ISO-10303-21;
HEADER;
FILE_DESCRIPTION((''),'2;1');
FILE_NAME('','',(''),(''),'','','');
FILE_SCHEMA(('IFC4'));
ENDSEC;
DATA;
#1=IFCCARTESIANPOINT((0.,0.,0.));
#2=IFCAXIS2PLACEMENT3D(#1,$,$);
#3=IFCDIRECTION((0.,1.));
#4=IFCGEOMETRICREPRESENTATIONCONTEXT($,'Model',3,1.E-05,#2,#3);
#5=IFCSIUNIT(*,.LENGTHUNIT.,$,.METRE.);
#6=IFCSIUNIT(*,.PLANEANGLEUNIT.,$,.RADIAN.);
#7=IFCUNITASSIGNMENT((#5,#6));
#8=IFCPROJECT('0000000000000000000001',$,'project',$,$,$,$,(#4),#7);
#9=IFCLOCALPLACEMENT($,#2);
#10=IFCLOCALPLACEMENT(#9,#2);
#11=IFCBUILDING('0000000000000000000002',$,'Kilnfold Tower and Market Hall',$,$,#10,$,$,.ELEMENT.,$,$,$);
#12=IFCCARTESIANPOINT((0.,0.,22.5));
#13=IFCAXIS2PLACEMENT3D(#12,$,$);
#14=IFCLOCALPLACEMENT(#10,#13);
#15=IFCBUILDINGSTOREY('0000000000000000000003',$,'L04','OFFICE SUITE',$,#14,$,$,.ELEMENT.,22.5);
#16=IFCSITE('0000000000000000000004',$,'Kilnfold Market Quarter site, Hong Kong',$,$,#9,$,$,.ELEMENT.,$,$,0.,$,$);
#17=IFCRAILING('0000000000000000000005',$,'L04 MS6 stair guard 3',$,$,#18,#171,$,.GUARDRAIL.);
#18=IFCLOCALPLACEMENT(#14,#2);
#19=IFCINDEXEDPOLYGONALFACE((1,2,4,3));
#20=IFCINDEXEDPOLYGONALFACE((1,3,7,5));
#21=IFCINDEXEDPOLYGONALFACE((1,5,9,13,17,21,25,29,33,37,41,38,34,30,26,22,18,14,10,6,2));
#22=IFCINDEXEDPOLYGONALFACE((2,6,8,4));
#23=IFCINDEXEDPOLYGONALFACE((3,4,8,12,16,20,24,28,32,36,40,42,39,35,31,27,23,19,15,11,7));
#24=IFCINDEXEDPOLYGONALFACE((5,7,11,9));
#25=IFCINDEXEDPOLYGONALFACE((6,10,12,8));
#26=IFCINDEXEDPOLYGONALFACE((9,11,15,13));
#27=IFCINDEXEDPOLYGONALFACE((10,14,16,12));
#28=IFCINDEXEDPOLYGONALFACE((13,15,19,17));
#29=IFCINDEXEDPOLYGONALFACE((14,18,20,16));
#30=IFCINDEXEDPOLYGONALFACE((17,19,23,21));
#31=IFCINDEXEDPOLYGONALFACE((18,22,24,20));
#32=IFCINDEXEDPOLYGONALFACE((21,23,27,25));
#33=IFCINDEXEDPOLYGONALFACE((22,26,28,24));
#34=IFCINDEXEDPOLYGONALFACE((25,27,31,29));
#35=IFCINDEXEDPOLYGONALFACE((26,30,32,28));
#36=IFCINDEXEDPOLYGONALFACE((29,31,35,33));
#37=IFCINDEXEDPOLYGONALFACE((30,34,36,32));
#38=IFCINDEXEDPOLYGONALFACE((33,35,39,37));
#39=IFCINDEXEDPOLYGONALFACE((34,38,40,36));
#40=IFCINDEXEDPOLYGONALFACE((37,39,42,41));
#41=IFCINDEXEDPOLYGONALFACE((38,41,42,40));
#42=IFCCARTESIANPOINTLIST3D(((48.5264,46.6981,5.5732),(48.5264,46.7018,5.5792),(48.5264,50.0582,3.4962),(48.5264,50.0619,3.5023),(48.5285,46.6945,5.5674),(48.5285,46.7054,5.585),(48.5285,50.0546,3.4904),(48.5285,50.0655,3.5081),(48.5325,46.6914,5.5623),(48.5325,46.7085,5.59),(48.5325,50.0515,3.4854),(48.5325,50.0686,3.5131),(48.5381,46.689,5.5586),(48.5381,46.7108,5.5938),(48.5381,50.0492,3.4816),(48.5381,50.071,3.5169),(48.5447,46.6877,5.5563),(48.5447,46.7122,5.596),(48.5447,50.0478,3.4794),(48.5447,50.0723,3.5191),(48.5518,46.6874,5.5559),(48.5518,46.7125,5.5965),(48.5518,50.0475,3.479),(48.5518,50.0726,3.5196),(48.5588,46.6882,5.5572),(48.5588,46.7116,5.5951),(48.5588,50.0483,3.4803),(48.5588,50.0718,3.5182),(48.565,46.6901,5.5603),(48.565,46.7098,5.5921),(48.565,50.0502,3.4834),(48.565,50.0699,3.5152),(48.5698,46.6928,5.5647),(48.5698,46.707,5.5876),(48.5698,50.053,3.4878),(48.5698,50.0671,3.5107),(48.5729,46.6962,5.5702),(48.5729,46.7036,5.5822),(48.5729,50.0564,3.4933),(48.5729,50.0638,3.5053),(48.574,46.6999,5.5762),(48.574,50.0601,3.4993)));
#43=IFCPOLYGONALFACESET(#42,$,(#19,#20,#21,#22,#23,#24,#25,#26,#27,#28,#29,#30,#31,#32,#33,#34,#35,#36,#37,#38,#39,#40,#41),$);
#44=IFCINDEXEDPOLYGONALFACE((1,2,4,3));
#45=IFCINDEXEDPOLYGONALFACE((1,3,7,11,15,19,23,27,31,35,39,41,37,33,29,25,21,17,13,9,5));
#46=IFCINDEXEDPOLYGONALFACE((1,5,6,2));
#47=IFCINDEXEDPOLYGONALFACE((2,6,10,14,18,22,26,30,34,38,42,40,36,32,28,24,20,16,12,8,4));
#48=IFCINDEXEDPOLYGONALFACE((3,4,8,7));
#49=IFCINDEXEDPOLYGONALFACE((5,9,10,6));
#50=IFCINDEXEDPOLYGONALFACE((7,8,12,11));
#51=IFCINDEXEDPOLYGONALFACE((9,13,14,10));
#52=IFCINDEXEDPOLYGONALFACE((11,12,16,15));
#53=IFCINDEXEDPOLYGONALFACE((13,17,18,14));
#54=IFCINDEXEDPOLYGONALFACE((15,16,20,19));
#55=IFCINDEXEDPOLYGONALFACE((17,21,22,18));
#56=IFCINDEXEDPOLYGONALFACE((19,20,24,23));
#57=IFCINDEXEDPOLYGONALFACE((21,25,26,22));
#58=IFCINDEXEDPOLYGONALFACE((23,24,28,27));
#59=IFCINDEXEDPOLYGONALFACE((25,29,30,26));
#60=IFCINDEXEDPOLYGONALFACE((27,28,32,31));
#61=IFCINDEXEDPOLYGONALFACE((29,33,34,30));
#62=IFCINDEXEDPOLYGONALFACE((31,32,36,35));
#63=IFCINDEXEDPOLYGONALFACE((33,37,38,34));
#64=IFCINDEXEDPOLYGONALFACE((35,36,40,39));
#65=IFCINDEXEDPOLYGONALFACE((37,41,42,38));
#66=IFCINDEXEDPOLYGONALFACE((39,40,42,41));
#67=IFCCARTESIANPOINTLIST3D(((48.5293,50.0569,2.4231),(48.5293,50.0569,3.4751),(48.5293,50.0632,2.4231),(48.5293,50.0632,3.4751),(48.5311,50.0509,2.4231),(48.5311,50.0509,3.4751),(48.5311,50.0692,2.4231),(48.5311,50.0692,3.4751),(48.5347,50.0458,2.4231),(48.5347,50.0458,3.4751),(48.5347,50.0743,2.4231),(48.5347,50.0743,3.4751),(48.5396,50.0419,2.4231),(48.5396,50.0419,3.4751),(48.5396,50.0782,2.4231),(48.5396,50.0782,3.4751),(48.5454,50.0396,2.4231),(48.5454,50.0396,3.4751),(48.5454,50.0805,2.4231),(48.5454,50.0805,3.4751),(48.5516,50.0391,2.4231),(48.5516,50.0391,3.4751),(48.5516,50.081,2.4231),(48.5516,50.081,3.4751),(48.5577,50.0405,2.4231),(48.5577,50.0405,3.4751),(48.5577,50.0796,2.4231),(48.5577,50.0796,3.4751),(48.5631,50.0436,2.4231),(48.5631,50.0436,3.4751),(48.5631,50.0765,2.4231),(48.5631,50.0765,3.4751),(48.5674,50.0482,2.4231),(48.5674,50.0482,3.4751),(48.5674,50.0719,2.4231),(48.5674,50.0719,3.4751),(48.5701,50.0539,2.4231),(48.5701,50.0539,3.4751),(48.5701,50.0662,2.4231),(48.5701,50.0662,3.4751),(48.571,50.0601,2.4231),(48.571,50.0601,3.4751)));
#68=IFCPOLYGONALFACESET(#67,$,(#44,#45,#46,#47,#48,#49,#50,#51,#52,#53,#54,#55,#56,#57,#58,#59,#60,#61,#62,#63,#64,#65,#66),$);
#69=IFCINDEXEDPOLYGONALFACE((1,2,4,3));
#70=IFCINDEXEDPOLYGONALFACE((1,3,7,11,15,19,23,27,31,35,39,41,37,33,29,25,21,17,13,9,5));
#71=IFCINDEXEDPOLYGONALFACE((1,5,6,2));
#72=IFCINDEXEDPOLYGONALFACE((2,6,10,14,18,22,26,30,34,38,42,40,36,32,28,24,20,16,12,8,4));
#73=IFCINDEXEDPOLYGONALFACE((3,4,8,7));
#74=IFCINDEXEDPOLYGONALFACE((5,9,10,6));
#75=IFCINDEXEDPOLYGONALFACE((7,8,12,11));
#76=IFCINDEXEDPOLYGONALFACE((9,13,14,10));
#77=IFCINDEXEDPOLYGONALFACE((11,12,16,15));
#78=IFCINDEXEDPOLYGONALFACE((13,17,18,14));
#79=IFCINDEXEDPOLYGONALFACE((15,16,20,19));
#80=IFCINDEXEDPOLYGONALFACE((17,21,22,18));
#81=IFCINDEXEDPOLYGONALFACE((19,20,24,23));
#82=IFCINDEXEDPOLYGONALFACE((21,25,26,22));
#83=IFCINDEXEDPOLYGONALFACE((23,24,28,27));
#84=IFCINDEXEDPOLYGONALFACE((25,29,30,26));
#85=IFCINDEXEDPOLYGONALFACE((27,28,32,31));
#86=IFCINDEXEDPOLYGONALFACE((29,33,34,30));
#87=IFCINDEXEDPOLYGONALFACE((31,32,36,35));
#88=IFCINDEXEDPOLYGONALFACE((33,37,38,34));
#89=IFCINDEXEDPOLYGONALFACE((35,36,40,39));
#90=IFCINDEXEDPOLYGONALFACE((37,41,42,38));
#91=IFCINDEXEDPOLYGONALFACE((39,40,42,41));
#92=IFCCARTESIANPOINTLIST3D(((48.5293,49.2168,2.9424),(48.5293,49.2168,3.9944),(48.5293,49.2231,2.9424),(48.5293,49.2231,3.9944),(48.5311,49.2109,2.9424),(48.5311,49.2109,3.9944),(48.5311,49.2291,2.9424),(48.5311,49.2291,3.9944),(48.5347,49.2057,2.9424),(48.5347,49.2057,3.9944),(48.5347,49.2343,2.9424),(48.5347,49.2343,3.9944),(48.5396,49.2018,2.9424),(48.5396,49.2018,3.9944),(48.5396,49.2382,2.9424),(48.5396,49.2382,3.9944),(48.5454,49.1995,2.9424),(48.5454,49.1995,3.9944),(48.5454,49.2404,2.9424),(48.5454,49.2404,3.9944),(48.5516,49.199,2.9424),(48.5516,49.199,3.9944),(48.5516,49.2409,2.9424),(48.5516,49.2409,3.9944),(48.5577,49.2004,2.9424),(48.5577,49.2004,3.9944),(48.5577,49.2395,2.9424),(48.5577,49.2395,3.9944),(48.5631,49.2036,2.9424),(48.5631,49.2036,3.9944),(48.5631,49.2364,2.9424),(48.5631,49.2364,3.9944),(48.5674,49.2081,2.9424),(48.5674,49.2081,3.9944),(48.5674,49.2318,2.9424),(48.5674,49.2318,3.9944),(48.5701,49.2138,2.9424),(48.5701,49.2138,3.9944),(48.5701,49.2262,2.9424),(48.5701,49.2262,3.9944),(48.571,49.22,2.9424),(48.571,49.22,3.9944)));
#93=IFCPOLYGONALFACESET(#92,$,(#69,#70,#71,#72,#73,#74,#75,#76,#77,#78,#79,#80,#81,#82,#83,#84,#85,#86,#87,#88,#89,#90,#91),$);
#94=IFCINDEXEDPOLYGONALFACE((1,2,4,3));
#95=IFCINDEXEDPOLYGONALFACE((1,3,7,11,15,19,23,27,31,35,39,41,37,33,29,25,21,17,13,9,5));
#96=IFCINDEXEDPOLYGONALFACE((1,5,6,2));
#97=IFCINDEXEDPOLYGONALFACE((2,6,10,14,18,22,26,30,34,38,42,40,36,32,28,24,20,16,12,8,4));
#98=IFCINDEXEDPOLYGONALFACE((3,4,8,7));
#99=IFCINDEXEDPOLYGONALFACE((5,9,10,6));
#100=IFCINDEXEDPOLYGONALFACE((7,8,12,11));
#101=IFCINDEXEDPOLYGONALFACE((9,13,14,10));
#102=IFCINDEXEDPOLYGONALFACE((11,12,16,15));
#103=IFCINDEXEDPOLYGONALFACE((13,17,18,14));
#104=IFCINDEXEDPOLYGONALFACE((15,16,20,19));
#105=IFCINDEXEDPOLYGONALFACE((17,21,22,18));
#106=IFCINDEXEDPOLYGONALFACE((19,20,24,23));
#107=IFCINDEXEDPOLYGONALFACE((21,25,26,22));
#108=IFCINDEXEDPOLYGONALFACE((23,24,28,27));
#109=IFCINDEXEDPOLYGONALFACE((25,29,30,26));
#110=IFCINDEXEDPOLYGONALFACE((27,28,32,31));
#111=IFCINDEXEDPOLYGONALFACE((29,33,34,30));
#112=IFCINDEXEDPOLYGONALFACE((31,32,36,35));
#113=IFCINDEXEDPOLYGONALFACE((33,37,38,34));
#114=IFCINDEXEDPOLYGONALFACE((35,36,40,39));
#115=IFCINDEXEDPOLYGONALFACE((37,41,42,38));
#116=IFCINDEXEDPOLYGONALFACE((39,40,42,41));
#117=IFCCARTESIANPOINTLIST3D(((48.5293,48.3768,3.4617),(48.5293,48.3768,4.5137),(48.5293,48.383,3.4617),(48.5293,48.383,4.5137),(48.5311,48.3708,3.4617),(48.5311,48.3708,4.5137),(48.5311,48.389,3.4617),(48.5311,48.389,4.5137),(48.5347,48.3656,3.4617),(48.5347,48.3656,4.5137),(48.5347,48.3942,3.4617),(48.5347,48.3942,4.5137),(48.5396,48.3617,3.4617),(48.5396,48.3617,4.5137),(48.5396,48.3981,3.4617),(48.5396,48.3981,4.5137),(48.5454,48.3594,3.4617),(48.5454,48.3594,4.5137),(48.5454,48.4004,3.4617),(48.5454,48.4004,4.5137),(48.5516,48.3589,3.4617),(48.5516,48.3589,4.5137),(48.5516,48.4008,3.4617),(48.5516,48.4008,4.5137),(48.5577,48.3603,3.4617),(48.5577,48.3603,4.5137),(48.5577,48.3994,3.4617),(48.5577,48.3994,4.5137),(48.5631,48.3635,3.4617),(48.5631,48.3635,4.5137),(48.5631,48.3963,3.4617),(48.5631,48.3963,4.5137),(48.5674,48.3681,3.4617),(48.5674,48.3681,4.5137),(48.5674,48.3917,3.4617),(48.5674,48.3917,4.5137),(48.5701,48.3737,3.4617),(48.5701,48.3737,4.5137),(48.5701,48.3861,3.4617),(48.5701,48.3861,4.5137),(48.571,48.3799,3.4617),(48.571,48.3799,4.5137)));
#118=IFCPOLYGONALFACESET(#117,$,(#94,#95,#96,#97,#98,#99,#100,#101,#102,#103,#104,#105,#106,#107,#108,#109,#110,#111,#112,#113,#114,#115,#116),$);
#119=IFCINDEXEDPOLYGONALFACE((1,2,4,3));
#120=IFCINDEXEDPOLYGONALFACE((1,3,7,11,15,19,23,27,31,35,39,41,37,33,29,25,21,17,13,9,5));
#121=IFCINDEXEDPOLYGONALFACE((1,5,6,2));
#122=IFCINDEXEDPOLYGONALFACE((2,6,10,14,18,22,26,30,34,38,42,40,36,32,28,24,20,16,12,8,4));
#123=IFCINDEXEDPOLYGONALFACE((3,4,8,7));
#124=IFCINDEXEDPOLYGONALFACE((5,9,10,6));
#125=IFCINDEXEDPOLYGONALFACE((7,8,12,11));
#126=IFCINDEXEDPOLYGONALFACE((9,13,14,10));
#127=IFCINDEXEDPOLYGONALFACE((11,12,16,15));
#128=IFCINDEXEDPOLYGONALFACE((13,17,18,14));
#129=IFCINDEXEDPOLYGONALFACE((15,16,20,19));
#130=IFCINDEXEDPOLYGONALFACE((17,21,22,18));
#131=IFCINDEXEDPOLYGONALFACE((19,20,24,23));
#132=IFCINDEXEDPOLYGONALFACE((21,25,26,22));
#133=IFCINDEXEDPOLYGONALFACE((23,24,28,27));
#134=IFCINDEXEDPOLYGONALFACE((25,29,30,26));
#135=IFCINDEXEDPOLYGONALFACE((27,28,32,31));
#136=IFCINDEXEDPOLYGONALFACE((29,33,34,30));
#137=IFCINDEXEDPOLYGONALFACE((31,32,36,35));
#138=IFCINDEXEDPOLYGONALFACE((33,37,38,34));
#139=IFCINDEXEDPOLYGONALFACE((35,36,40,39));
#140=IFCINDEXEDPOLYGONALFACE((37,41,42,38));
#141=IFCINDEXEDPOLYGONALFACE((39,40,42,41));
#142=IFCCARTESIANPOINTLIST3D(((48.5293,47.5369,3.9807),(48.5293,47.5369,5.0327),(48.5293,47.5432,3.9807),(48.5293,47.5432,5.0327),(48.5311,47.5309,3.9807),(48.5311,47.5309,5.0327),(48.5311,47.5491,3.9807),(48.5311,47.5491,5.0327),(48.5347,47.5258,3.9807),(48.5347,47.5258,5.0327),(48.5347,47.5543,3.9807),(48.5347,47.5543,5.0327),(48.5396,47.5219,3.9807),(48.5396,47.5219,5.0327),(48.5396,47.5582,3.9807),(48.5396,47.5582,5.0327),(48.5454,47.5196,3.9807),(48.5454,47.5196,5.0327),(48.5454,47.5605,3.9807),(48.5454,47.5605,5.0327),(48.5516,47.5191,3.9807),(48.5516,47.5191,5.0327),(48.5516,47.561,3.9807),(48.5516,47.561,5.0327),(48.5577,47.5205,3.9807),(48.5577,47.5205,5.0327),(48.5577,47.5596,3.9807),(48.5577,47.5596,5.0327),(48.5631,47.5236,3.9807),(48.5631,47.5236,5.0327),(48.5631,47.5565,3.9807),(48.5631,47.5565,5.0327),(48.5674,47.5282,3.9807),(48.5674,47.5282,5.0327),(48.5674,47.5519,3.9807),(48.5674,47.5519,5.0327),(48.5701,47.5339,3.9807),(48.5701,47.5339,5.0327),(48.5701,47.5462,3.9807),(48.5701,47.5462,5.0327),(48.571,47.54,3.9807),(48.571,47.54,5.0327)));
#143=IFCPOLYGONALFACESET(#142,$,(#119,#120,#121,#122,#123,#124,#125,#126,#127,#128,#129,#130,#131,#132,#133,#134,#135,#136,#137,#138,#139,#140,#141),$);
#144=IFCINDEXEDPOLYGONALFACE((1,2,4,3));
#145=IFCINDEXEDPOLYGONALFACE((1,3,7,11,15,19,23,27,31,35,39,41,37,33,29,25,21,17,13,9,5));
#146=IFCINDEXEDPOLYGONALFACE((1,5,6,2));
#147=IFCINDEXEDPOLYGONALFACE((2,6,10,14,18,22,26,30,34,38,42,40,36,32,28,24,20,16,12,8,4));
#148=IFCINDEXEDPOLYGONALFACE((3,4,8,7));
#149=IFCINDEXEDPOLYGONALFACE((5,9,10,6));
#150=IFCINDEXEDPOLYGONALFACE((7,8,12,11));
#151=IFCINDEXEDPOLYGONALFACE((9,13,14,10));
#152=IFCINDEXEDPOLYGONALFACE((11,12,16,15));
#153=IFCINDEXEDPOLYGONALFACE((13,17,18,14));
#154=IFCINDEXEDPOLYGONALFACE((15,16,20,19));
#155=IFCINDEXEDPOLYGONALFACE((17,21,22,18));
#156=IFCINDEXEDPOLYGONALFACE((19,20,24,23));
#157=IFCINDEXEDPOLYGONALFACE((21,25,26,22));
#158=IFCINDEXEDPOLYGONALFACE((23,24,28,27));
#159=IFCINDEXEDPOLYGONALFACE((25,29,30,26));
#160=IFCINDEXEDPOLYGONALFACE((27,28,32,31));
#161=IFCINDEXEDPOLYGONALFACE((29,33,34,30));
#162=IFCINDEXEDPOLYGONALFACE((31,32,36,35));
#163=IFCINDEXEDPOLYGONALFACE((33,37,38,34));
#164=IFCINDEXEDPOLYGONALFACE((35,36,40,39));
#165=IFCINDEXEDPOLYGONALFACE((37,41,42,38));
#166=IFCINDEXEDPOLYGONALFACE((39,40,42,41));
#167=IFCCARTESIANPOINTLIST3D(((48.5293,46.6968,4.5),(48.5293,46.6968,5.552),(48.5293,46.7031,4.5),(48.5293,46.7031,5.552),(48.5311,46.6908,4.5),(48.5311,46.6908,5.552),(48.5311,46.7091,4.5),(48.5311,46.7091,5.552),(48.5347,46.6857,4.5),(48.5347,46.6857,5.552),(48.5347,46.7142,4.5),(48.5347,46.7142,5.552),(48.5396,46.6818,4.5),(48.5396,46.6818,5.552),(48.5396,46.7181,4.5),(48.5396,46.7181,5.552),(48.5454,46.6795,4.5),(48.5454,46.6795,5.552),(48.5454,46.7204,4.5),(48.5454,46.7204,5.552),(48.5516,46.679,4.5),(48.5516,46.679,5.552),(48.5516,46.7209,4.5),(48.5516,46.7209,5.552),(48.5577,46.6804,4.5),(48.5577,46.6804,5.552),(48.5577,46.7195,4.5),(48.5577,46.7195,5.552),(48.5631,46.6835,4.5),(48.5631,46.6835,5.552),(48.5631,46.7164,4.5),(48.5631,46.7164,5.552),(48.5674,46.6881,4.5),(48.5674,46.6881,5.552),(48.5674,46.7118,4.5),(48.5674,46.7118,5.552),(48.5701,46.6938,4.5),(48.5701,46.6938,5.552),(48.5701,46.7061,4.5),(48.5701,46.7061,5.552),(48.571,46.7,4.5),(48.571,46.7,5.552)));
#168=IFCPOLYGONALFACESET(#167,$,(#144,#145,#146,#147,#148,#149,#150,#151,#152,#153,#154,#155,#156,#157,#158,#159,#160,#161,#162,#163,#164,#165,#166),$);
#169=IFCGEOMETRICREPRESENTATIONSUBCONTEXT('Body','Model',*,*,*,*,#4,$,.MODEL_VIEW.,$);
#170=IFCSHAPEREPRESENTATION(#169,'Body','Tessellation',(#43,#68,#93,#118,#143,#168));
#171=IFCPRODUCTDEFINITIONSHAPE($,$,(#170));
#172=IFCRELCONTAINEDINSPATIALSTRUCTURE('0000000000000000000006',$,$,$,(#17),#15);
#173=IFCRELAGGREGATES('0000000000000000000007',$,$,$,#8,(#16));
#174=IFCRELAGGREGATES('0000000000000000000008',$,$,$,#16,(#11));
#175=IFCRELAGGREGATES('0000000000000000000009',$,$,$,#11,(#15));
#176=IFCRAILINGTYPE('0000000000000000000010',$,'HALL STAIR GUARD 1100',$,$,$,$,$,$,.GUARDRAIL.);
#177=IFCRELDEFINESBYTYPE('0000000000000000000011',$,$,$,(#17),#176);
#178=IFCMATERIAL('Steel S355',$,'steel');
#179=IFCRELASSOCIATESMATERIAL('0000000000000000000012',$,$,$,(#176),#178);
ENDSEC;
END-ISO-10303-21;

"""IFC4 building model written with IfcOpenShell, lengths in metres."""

from ifc_helpers import new_model, si_unit, direction, frame, origin, origin_2d, place, context, subcontext, project, spatial, circle, extrude, material, type_object, element, save


model = new_model("IFC4")

# Units and contexts
model_context = context("Model", 3, precision=1e-05, world=origin(), true_north=direction((0.0, 1.0)))
body_context = subcontext(model_context, "Body", "Model", "MODEL_VIEW")
ifc_project = project(units=[si_unit("LENGTHUNIT", "METRE"), si_unit("PLANEANGLEUNIT", "RADIAN")], contexts=[model_context])

# Site, building, storey
site_placement = place(None, origin())
site = spatial("IfcSite", under=ifc_project, at=site_placement, Name="Kilnfold Market Quarter site, Hong Kong", CompositionType="ELEMENT", RefElevation=0.0)
building_placement = place(site_placement, origin())
building = spatial("IfcBuilding", under=site, at=building_placement, Name="Kilnfold Tower and Market Hall", CompositionType="ELEMENT")
storey_placement = place(building_placement, frame((0.0, 0.0, 22.5)))
storey = spatial("IfcBuildingStorey", under=building, at=storey_placement, Name="L04", Description="OFFICE SUITE", CompositionType="ELEMENT", Elevation=22.5)

# Railing
ifc_material_1 = material(Name="Steel S355", Category="steel")
railing_type_1 = type_object("IfcRailingType", Name="HALL STAIR GUARD 1100", PredefinedType="GUARDRAIL", material=ifc_material_1)
railing_1_placement = place(storey_placement, frame((48.55, 50.0601, 2.4231)))
element("IfcRailing", 1, at=railing_1_placement, inside=storey, type_object=railing_type_1, Name="L04 MS6 stair guard 3", PredefinedType="GUARDRAIL", context=body_context, shape_type="SweptSolid", body=[
    extrude(circle(Radius=0.0239, at=origin_2d()), frame((0.0, 0.0, 1.0762), z_axis=(0.0, -0.850623, 0.525776), x_axis=(1.0, 0.0, 0.0)), (0.0, 0.0, 1.0), 3.9502),
    extrude(circle(Radius=0.021, at=origin_2d()), origin(), (0.0, 0.0, 1.0), 1.052),
    extrude(circle(Radius=0.021, at=origin_2d()), frame((0.0, -0.8401, 0.5193)), (0.0, 0.0, 1.0), 1.052),
    extrude(circle(Radius=0.021, at=origin_2d()), frame((0.0, -1.6802, 1.0386)), (0.0, 0.0, 1.0), 1.052),
    extrude(circle(Radius=0.021, at=origin_2d()), frame((0.0, -2.52, 1.5576)), (0.0, 0.0, 1.0), 1.052),
    extrude(circle(Radius=0.021, at=origin_2d()), frame((0.0, -3.3601, 2.0769)), (0.0, 0.0, 1.0), 1.052),
])

save(model, "model.ifc")
